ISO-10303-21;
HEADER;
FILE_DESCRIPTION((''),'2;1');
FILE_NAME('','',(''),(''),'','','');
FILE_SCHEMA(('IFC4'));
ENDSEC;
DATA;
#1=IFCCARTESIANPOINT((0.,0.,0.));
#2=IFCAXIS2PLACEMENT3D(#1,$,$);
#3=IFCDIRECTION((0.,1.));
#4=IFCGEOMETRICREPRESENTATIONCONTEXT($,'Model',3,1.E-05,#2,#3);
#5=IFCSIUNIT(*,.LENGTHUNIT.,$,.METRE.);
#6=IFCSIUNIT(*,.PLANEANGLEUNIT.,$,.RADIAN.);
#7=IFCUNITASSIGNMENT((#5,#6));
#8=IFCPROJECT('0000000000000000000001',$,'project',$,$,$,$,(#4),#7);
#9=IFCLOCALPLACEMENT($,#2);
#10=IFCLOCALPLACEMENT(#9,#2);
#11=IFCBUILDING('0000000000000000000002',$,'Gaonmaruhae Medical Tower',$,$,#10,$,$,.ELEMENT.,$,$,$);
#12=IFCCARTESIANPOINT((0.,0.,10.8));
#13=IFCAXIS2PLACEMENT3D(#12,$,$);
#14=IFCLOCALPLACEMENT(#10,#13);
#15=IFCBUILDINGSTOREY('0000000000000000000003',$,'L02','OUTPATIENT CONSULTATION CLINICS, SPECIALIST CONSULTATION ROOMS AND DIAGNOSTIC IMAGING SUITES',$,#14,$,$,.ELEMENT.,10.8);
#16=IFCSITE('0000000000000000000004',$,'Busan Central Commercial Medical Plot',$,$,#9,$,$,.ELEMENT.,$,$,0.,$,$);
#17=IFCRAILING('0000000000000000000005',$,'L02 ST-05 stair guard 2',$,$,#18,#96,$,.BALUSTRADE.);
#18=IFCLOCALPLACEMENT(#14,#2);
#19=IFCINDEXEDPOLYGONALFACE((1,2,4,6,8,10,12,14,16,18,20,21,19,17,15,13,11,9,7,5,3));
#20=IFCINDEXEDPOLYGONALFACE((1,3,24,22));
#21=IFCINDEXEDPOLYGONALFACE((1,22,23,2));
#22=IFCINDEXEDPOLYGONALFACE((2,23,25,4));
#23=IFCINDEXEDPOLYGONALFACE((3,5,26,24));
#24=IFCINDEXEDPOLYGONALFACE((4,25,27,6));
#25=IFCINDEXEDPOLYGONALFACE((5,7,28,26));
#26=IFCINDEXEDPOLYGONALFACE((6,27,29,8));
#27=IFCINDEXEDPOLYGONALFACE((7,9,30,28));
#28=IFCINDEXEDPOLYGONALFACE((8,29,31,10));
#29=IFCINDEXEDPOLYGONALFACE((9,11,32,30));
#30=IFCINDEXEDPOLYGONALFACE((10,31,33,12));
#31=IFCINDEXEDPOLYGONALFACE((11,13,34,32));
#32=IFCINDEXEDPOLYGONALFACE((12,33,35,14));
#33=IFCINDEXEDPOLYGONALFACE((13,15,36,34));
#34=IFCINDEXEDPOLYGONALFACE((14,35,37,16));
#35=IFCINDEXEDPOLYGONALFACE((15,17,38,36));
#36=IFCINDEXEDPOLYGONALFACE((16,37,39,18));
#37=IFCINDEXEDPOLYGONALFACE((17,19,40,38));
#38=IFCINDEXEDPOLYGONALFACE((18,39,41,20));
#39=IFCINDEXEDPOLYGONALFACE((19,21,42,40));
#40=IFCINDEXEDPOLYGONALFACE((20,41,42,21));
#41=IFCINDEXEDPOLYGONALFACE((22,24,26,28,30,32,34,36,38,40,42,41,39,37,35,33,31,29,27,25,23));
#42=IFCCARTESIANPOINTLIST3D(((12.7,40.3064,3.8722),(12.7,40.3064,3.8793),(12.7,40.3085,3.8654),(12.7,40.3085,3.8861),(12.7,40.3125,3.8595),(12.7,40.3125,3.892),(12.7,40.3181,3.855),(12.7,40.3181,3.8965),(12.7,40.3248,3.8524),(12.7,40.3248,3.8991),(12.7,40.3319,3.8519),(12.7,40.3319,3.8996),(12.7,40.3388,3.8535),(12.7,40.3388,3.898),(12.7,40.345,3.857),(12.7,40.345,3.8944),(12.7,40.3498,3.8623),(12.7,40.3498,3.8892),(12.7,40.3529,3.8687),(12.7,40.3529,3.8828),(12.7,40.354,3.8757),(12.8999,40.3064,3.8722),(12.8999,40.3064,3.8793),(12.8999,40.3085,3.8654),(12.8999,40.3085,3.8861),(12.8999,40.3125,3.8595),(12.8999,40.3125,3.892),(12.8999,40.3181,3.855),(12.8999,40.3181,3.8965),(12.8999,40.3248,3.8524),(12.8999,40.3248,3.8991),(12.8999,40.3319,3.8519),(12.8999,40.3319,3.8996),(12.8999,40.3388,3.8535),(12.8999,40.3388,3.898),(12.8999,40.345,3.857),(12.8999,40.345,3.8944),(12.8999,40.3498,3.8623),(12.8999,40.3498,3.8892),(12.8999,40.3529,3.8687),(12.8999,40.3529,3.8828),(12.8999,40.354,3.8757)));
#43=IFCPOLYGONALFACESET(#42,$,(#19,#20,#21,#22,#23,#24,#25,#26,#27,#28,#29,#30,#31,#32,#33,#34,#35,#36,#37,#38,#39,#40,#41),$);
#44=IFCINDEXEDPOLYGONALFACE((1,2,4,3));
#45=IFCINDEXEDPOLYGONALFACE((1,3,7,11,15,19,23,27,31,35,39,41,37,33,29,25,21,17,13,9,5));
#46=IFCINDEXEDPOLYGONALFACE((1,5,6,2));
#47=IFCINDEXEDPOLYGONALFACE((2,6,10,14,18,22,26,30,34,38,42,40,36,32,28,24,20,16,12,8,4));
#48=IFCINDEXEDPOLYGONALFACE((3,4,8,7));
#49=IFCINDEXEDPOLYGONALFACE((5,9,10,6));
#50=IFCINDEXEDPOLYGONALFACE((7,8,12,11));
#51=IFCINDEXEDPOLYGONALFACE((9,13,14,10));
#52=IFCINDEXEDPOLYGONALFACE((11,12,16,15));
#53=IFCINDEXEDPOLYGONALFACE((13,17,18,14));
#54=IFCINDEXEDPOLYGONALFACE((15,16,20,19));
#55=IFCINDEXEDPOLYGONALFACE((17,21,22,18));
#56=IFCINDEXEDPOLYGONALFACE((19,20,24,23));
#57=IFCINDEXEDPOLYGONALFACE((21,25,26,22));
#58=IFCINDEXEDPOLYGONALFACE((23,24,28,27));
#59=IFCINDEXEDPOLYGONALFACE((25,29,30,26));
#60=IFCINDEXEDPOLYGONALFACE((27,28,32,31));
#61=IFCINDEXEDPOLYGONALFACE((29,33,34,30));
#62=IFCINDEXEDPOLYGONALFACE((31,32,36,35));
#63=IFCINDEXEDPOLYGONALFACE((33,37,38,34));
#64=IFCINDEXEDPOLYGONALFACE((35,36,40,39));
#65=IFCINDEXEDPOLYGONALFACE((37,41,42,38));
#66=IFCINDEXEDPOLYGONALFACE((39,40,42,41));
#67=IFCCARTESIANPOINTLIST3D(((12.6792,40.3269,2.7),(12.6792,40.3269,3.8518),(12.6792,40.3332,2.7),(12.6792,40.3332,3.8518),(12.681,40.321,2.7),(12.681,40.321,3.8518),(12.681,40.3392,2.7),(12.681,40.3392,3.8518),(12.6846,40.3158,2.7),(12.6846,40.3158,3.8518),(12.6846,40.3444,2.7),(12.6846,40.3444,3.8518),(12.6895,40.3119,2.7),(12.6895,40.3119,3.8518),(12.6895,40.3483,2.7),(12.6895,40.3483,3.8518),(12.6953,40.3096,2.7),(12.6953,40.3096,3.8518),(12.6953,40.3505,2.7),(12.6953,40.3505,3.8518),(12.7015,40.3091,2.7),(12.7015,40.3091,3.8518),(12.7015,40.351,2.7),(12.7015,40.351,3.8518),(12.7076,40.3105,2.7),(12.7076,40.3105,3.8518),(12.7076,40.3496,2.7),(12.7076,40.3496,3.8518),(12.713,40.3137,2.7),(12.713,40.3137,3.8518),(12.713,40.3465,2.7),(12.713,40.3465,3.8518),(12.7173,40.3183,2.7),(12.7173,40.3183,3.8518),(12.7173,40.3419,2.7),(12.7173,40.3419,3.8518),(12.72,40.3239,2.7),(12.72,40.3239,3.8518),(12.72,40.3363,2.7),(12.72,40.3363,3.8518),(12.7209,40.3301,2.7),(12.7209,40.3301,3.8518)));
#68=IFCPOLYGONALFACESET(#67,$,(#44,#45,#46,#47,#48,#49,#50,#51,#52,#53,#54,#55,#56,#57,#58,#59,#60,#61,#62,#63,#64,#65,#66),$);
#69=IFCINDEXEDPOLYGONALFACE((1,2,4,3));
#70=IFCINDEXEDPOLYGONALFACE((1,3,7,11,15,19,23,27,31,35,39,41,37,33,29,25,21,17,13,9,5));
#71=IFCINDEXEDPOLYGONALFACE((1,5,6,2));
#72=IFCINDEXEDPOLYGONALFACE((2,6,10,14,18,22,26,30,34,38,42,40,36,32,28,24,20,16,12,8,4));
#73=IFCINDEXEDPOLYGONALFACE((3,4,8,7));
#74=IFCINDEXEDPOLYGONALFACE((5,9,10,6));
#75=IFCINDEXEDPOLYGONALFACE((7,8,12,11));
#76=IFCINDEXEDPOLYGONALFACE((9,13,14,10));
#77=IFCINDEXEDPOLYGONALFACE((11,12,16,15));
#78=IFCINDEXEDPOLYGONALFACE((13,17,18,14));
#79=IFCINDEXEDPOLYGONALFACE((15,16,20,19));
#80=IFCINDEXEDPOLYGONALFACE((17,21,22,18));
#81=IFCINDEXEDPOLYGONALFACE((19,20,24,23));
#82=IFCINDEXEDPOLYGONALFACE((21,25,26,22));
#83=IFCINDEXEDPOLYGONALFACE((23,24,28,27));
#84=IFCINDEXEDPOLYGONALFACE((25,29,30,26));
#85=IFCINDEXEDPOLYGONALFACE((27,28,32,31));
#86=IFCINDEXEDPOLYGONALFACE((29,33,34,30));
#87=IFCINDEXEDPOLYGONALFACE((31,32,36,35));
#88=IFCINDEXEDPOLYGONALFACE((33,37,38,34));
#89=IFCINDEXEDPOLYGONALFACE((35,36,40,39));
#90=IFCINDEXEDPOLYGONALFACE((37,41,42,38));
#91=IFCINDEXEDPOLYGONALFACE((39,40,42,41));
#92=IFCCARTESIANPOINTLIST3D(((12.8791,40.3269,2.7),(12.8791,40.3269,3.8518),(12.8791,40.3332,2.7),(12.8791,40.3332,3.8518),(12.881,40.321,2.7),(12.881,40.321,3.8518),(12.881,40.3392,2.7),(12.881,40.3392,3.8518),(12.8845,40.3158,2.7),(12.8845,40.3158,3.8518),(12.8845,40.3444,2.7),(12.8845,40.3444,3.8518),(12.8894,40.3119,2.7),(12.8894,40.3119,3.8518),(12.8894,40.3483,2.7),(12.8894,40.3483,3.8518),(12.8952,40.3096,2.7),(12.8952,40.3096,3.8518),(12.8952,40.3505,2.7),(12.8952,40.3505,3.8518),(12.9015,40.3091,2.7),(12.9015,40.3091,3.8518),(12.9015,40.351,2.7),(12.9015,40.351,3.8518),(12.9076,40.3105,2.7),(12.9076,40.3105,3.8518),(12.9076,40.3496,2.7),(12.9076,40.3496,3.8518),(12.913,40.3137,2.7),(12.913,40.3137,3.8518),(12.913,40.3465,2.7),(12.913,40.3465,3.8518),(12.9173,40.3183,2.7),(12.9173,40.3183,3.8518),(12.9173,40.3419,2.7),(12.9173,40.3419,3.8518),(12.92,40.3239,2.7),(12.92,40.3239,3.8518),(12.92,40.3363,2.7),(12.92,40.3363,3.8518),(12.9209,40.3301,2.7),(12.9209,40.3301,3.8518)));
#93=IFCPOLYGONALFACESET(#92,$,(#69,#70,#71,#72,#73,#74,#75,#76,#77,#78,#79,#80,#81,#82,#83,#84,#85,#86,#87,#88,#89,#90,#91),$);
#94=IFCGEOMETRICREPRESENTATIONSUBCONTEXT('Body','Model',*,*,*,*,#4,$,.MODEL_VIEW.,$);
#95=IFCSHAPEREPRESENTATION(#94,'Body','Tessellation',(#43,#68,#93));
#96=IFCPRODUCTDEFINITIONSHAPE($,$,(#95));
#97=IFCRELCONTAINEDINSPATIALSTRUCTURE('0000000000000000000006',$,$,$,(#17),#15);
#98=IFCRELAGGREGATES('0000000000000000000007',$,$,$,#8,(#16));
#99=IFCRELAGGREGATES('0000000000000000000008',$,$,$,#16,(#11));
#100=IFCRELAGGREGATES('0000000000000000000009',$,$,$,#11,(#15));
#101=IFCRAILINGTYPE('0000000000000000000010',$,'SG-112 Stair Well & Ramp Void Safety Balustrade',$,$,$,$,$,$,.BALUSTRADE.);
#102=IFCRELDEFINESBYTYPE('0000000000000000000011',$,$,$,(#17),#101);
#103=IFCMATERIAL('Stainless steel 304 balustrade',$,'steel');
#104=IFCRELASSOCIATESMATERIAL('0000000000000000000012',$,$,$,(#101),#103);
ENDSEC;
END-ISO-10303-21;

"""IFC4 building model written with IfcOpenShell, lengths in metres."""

from ifc_helpers import new_model, si_unit, direction, frame, origin, origin_2d, place, context, subcontext, project, spatial, circle, extrude, material, type_object, element, save


model = new_model("IFC4")

# Units and contexts
model_context = context("Model", 3, precision=1e-05, world=origin(), true_north=direction((0.0, 1.0)))
body_context = subcontext(model_context, "Body", "Model", "MODEL_VIEW")
ifc_project = project(units=[si_unit("LENGTHUNIT", "METRE"), si_unit("PLANEANGLEUNIT", "RADIAN")], contexts=[model_context])

# Site, building, storey
site_placement = place(None, origin())
site = spatial("IfcSite", under=ifc_project, at=site_placement, Name="Busan Central Commercial Medical Plot", CompositionType="ELEMENT", RefElevation=0.0)
building_placement = place(site_placement, origin())
building = spatial("IfcBuilding", under=site, at=building_placement, Name="Gaonmaruhae Medical Tower", CompositionType="ELEMENT")
storey_placement = place(building_placement, frame((0.0, 0.0, 10.8)))
storey = spatial("IfcBuildingStorey", under=building, at=storey_placement, Name="L02", Description="OUTPATIENT CONSULTATION CLINICS, SPECIALIST CONSULTATION ROOMS AND DIAGNOSTIC IMAGING SUITES", CompositionType="ELEMENT", Elevation=10.8)

# Railing
ifc_material_1 = material(Name="Stainless steel 304 balustrade", Category="steel")
railing_type_1 = type_object("IfcRailingType", Name="SG-112 Stair Well & Ramp Void Safety Balustrade", PredefinedType="BALUSTRADE", material=ifc_material_1)
railing_1_placement = place(storey_placement, frame((12.7, 40.3301, 2.7)))
element("IfcRailing", 1, at=railing_1_placement, inside=storey, type_object=railing_type_1, Name="L02 ST-05 stair guard 2", PredefinedType="BALUSTRADE", context=body_context, shape_type="SweptSolid", body=[
    extrude(circle(Radius=0.0239, at=origin_2d()), frame((0.0, 0.0, 1.1758), z_axis=(1.0, 0.0, 0.0), x_axis=(0.0, 1.0, 0.0)), (0.0, 0.0, 1.0), 0.2),
    extrude(circle(Radius=0.021, at=origin_2d()), origin(), (0.0, 0.0, 1.0), 1.1519),
    extrude(circle(Radius=0.021, at=origin_2d()), frame((0.2, 0.0, 0.0)), (0.0, 0.0, 1.0), 1.1519),
])

save(model, "model.ifc")
